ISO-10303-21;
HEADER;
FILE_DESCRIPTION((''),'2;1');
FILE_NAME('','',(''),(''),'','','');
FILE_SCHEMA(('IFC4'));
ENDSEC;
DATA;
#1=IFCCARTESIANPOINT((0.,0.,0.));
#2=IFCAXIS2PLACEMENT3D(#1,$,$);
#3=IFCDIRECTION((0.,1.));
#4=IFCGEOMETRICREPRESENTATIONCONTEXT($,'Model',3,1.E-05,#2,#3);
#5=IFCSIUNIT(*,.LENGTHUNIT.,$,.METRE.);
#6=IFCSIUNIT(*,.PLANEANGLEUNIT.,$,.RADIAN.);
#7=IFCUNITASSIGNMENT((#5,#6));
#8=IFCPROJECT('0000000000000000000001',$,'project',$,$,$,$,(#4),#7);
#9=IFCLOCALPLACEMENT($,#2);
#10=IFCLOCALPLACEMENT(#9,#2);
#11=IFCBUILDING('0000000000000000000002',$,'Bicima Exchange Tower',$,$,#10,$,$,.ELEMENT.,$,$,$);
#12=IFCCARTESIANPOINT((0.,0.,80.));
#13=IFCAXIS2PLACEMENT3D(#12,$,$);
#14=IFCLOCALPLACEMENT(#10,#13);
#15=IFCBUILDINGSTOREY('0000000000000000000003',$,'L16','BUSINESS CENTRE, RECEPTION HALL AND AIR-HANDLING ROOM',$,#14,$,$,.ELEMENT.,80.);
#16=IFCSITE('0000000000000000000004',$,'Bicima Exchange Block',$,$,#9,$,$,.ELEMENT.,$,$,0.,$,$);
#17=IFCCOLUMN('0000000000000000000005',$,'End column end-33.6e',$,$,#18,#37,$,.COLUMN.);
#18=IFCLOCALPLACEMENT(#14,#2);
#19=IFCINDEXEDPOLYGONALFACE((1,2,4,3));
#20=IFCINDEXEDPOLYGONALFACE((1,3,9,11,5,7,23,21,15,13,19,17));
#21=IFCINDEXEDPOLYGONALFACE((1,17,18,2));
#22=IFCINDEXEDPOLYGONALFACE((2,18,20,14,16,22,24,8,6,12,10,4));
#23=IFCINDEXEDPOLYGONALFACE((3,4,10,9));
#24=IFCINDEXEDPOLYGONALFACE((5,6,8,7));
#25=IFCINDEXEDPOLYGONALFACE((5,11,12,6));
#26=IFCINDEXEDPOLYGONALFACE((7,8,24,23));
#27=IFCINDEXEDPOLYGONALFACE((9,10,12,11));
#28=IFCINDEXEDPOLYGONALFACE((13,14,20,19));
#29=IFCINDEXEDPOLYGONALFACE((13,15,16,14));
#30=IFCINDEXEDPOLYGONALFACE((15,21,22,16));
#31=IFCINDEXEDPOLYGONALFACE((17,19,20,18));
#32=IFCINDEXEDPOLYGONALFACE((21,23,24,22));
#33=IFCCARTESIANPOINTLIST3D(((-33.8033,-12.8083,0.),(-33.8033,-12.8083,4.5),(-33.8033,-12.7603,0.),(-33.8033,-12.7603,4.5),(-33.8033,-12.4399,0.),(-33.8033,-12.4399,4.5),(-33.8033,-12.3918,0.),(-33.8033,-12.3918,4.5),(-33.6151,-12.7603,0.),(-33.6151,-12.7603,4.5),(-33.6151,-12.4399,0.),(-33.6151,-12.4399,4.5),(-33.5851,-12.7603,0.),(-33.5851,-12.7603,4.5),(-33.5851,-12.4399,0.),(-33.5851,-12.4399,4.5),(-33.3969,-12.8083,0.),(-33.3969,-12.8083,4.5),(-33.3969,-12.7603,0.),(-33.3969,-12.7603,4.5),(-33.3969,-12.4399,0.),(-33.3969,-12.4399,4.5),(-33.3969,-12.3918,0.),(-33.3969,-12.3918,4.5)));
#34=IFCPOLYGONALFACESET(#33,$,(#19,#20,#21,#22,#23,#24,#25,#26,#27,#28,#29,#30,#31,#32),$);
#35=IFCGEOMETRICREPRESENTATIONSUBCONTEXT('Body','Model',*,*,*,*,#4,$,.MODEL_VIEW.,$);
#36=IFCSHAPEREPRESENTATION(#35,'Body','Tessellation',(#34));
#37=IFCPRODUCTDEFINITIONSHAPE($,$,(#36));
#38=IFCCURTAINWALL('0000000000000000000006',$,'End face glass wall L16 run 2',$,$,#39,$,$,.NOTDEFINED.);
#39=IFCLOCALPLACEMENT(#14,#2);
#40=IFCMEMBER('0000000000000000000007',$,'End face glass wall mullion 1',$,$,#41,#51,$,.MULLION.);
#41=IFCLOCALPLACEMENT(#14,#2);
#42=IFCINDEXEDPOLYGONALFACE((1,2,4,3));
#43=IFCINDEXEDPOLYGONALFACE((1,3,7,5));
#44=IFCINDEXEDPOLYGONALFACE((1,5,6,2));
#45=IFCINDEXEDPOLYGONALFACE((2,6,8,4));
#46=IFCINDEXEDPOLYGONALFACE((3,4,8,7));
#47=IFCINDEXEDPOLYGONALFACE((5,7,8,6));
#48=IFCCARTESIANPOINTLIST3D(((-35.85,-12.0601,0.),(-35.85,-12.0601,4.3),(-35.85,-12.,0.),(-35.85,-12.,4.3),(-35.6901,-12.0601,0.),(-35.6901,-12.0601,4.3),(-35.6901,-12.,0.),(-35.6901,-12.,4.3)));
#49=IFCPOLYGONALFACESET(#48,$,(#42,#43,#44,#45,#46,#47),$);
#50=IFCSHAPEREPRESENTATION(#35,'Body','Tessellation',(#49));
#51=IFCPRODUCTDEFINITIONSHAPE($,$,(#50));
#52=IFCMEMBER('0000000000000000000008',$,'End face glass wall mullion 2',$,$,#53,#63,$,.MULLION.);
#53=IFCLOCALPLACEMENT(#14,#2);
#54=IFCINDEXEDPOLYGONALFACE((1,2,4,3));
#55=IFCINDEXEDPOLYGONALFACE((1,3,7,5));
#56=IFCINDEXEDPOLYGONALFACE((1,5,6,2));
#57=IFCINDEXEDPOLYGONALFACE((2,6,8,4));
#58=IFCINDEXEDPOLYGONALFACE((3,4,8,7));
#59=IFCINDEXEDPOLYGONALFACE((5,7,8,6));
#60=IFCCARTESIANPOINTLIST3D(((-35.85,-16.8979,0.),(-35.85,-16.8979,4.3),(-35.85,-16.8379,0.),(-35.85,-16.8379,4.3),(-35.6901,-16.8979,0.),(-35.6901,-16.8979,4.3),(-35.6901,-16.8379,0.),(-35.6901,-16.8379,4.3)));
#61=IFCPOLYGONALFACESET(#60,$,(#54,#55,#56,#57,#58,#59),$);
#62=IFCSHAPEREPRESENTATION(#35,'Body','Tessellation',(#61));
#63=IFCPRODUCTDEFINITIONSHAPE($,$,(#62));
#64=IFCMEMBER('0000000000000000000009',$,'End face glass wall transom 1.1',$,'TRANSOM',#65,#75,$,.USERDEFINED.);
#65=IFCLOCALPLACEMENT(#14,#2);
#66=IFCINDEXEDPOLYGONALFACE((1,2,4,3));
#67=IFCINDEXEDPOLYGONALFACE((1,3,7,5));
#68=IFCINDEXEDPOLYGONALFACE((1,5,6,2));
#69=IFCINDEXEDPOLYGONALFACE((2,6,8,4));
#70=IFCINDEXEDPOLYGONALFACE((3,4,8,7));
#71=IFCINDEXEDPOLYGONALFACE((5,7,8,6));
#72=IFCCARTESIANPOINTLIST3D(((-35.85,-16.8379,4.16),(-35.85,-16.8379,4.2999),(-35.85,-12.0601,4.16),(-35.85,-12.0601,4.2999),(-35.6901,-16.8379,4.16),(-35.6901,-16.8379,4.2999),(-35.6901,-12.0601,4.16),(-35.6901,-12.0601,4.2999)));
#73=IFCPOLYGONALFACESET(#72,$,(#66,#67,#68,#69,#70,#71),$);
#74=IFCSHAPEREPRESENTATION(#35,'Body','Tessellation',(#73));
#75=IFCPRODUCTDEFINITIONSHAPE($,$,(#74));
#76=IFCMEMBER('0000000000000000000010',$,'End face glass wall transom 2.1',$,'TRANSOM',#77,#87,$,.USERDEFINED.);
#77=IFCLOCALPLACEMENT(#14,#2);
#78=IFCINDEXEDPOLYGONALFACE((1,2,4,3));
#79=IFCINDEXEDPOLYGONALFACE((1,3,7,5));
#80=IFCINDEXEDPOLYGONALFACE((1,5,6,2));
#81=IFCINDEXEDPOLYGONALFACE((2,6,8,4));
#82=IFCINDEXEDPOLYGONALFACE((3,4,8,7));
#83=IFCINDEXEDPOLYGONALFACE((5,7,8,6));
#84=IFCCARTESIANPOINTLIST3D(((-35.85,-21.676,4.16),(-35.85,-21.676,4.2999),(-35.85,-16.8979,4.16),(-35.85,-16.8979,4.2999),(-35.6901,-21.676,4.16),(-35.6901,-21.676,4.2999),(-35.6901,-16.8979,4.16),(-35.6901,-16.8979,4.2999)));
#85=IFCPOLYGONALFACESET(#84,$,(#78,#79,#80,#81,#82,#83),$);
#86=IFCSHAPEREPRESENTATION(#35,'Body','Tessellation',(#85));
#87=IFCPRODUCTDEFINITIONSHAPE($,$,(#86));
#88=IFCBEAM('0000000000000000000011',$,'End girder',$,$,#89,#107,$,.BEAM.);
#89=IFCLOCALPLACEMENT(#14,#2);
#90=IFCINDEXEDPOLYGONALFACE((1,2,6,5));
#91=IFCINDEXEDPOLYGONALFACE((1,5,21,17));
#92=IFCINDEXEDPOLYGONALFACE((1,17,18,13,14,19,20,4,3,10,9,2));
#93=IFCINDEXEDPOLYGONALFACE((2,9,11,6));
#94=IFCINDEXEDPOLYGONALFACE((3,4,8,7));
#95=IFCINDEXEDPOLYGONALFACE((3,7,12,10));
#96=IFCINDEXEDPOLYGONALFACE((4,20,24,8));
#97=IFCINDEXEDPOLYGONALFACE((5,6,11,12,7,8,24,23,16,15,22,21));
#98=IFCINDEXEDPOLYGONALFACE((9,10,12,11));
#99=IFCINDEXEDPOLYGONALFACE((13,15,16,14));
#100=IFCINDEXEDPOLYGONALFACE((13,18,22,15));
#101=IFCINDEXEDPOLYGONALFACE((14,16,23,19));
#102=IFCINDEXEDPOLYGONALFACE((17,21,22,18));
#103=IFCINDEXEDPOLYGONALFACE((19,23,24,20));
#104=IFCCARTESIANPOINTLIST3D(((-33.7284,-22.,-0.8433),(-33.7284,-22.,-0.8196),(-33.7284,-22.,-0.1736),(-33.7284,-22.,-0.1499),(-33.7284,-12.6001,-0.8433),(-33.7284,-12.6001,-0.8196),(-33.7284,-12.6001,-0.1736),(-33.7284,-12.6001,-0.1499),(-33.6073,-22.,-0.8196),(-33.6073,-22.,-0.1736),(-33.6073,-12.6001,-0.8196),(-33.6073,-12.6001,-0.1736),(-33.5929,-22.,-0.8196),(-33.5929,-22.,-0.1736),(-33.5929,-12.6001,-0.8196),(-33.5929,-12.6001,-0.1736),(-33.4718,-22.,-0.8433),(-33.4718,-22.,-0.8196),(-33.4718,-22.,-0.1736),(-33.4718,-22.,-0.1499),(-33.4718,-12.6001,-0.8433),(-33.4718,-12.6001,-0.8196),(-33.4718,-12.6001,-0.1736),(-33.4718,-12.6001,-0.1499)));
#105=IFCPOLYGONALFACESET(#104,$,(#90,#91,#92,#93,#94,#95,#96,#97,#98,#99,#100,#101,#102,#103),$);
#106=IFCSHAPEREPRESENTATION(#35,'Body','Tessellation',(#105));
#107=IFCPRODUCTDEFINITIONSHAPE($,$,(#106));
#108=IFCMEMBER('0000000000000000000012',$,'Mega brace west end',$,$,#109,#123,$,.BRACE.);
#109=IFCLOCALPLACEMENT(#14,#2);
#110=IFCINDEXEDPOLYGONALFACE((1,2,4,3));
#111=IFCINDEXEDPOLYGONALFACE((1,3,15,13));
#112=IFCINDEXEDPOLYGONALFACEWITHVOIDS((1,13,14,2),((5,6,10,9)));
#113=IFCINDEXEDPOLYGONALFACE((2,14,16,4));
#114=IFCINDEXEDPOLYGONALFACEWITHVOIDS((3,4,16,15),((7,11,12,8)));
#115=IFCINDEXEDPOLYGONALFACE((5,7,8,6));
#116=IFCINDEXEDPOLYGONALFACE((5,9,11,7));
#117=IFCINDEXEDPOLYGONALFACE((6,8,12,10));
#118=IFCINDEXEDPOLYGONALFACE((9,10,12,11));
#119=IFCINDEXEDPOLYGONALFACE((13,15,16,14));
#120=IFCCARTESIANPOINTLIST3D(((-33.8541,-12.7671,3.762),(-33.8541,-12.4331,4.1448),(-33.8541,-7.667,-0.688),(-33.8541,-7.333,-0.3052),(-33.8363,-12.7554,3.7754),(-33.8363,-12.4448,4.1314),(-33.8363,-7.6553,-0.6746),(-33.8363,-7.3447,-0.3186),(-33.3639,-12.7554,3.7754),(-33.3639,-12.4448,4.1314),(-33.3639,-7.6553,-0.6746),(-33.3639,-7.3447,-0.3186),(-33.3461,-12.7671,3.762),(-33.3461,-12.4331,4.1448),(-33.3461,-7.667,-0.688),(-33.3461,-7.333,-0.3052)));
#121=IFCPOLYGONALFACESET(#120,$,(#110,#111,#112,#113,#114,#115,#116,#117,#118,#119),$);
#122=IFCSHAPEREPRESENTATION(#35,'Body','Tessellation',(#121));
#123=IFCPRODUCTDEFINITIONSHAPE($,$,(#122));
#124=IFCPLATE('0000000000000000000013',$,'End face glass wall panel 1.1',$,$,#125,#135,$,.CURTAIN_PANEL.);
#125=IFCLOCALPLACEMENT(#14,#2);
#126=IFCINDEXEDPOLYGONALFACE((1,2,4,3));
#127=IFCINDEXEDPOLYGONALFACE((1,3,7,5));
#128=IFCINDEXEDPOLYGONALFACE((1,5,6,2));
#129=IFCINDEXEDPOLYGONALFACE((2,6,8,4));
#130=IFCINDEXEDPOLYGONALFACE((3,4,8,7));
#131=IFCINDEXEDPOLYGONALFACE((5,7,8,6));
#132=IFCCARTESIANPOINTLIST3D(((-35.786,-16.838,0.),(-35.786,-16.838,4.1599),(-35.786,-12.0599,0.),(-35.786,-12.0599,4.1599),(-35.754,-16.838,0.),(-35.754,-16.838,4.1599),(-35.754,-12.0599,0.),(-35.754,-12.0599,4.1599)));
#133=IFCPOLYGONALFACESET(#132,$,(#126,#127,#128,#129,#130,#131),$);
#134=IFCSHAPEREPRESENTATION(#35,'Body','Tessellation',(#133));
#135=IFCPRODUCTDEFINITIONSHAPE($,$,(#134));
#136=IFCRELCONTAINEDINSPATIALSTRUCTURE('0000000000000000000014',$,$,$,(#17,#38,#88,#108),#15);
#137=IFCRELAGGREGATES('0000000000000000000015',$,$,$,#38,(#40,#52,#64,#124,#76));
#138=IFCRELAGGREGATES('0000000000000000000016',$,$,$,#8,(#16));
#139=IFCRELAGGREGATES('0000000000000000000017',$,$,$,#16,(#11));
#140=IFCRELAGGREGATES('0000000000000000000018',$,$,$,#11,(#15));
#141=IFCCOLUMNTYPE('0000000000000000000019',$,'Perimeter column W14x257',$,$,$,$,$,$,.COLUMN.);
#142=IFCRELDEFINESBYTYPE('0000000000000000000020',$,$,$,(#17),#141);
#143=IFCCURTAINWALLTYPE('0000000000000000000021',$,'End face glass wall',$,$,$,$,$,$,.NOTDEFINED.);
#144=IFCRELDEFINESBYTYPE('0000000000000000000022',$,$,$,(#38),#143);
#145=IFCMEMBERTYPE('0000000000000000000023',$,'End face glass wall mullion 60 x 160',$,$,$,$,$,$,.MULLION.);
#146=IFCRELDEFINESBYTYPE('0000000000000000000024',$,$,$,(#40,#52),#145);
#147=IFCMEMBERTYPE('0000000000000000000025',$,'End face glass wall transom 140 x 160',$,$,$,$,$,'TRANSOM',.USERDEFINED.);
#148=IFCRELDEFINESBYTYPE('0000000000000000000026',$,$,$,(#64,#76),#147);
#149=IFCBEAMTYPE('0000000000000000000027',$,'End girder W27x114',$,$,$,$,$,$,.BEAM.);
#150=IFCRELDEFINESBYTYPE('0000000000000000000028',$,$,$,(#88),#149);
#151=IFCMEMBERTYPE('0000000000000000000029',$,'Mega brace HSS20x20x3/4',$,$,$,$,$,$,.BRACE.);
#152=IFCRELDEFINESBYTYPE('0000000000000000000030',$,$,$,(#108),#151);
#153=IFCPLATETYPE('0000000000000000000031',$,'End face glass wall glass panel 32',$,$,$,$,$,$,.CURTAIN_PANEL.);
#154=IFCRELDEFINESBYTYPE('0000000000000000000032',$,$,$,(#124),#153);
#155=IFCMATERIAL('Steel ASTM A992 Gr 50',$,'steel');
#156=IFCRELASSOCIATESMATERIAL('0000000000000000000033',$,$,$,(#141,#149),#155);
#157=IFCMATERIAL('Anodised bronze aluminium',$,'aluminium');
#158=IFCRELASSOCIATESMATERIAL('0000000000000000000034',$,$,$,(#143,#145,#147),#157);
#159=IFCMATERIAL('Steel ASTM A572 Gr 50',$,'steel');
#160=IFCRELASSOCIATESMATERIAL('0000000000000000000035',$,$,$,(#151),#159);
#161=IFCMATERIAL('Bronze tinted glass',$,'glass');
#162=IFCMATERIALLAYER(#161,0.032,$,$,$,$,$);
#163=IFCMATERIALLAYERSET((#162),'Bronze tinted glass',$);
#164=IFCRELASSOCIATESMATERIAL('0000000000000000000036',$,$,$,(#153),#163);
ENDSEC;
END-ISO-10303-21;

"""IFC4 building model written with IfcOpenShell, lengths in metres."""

from ifc_helpers import new_model, si_unit, direction, frame, origin, origin_2d, place, context, subcontext, project, spatial, rectangle, hollow_rectangle, i_section, extrude, material, layer, layer_set, material_profile, profile_set, type_object, element, aggregate, save


model = new_model("IFC4")

# Units and contexts
model_context = context("Model", 3, precision=1e-05, world=origin(), true_north=direction((0.0, 1.0)))
body_context = subcontext(model_context, "Body", "Model", "MODEL_VIEW")
ifc_project = project(units=[si_unit("LENGTHUNIT", "METRE"), si_unit("PLANEANGLEUNIT", "RADIAN")], contexts=[model_context])

# Site, building, storey
site_placement = place(None, origin())
site = spatial("IfcSite", under=ifc_project, at=site_placement, Name="Bicima Exchange Block", CompositionType="ELEMENT", RefElevation=0.0)
building_placement = place(site_placement, origin())
building = spatial("IfcBuilding", under=site, at=building_placement, Name="Bicima Exchange Tower", CompositionType="ELEMENT")
storey_placement = place(building_placement, frame((0.0, 0.0, 80.0)))
storey = spatial("IfcBuildingStorey", under=building, at=storey_placement, Name="L16", Description="BUSINESS CENTRE, RECEPTION HALL AND AIR-HANDLING ROOM", CompositionType="ELEMENT", Elevation=80.0)

# Column
ifc_material_1 = material(Name="Steel ASTM A992 Gr 50", Category="steel")
ifc_material_profile_1 = material_profile(ifc_material_1, i_section(OverallWidth=0.4065, OverallDepth=0.4165, WebThickness=0.03, FlangeThickness=0.0481, at=origin_2d()))
ifc_profile_set_1 = profile_set([ifc_material_profile_1], Name="Steel ASTM A992 Gr 50")
column_type = type_object("IfcColumnType", Name="Perimeter column W14x257", PredefinedType="COLUMN", material=ifc_profile_set_1)
column_placement = place(storey_placement, frame((-33.6001, -12.6001, 0.0), z_axis=(0.0, 0.0, 1.0), x_axis=(1.0, 0.0, 0.0)))
element("IfcColumn", 1, at=column_placement, inside=storey, type_object=column_type, Name="End column end-33.6e", PredefinedType="COLUMN", context=body_context, shape_type="SweptSolid", body=[
    extrude(i_section(OverallWidth=0.4065, OverallDepth=0.4165, WebThickness=0.03, FlangeThickness=0.0481, at=origin_2d()), origin(), (0.0, 0.0, 1.0), 4.5),
])

# Curtain wall, members
ifc_material_2 = material(Name="Anodised bronze aluminium", Category="aluminium")
curtain_wall_type = type_object("IfcCurtainWallType", Name="End face glass wall", PredefinedType="NOTDEFINED", material=ifc_material_2)
curtain_wall_placement = place(storey_placement, origin())
curtain_wall = element("IfcCurtainWall", 2, at=curtain_wall_placement, inside=storey, type_object=curtain_wall_type, Name="End face glass wall L16 run 2", PredefinedType="NOTDEFINED")
ifc_material_profile_2 = material_profile(ifc_material_2, rectangle(XDim=0.1599, YDim=0.0601, at=origin_2d()))
ifc_profile_set_2 = profile_set([ifc_material_profile_2], Name="Anodised bronze aluminium")
member_type_1 = type_object("IfcMemberType", Name="End face glass wall mullion 60 x 160", PredefinedType="MULLION", material=ifc_profile_set_2)
member_1_placement = place(storey_placement, frame((-35.77, -12.03, 0.0), z_axis=(0.0, 0.0, 1.0), x_axis=(1.0, 0.0, 0.0)))
member_1 = element("IfcMember", 3, at=member_1_placement, type_object=member_type_1, Name="End face glass wall mullion 1", PredefinedType="MULLION", context=body_context, shape_type="SweptSolid", body=[
    extrude(rectangle(XDim=0.1599, YDim=0.0601, at=origin_2d()), origin(), (0.0, 0.0, 1.0), 4.3),
])
member_2_placement = place(storey_placement, frame((-35.77, -16.8679, 0.0), z_axis=(0.0, 0.0, 1.0), x_axis=(1.0, 0.0, 0.0)))
member_2 = element("IfcMember", 4, at=member_2_placement, type_object=member_type_1, Name="End face glass wall mullion 2", PredefinedType="MULLION", context=body_context, shape_type="SweptSolid", body=[
    extrude(rectangle(XDim=0.1599, YDim=0.0601, at=origin_2d()), origin(), (0.0, 0.0, 1.0), 4.3),
])
ifc_material_profile_3 = material_profile(ifc_material_2, rectangle(XDim=0.1599, YDim=0.1399, at=origin_2d()))
ifc_profile_set_3 = profile_set([ifc_material_profile_3], Name="Anodised bronze aluminium")
member_type_2 = type_object("IfcMemberType", Name="End face glass wall transom 140 x 160", ElementType="TRANSOM", PredefinedType="USERDEFINED", material=ifc_profile_set_3)
member_3_placement = place(storey_placement, frame((-35.77, -12.0601, 4.23), z_axis=(0.0, -1.0, 0.0), x_axis=(1.0, 0.0, 0.0)))
member_3 = element("IfcMember", 5, at=member_3_placement, type_object=member_type_2, Name="End face glass wall transom 1.1", ObjectType="TRANSOM", PredefinedType="USERDEFINED", context=body_context, shape_type="SweptSolid", body=[
    extrude(rectangle(XDim=0.1599, YDim=0.1399, at=origin_2d()), origin(), (0.0, 0.0, 1.0), 4.7778),
])
member_4_placement = place(storey_placement, frame((-35.77, -16.8979, 4.23), z_axis=(0.0, -1.0, 0.0), x_axis=(1.0, 0.0, 0.0)))
member_4 = element("IfcMember", 6, at=member_4_placement, type_object=member_type_2, Name="End face glass wall transom 2.1", ObjectType="TRANSOM", PredefinedType="USERDEFINED", context=body_context, shape_type="SweptSolid", body=[
    extrude(rectangle(XDim=0.1599, YDim=0.1399, at=origin_2d()), origin(), (0.0, 0.0, 1.0), 4.7781),
])

# Beam
ifc_material_profile_4 = material_profile(ifc_material_1, i_section(OverallWidth=0.2566, OverallDepth=0.6934, WebThickness=0.0144, FlangeThickness=0.0237, at=origin_2d()))
ifc_profile_set_4 = profile_set([ifc_material_profile_4], Name="Steel ASTM A992 Gr 50")
beam_type = type_object("IfcBeamType", Name="End girder W27x114", PredefinedType="BEAM", material=ifc_profile_set_4)
beam_placement = place(storey_placement, frame((-33.6001, -12.6001, -0.4966), z_axis=(0.0, -1.0, 0.0), x_axis=(1.0, 0.0, 0.0)))
element("IfcBeam", 7, at=beam_placement, inside=storey, type_object=beam_type, Name="End girder", PredefinedType="BEAM", context=body_context, shape_type="SweptSolid", body=[
    extrude(i_section(OverallWidth=0.2566, OverallDepth=0.6934, WebThickness=0.0144, FlangeThickness=0.0237, at=origin_2d()), origin(), (0.0, 0.0, 1.0), 9.3999),
])

# Member
ifc_material_3 = material(Name="Steel ASTM A572 Gr 50", Category="steel")
ifc_material_profile_5 = material_profile(ifc_material_3, hollow_rectangle(XDim=0.5081, YDim=0.5081, WallThickness=0.0178, at=origin_2d()))
ifc_profile_set_5 = profile_set([ifc_material_profile_5], Name="Steel ASTM A572 Gr 50")
member_type_3 = type_object("IfcMemberType", Name="Mega brace HSS20x20x3/4", PredefinedType="BRACE", material=ifc_profile_set_5)
member_5_placement = place(storey_placement, frame((-33.6001, -7.5, -0.4966), z_axis=(0.0, -0.753501, 0.657447), x_axis=(1.0, 0.0, 0.0)))
element("IfcMember", 8, at=member_5_placement, inside=storey, type_object=member_type_3, Name="Mega brace west end", PredefinedType="BRACE", context=body_context, shape_type="SweptSolid", body=[
    extrude(hollow_rectangle(XDim=0.5081, YDim=0.5081, WallThickness=0.0178, at=origin_2d()), origin(), (0.0, 0.0, 1.0), 6.7686),
])

# Plate
ifc_material_4 = material(Name="Bronze tinted glass", Category="glass")
ifc_layer_1 = layer(ifc_material_4, 0.032)
ifc_layer_set_1 = layer_set([ifc_layer_1], Name="Bronze tinted glass")
plate_type = type_object("IfcPlateType", Name="End face glass wall glass panel 32", PredefinedType="CURTAIN_PANEL", material=ifc_layer_set_1)
plate_placement = place(storey_placement, frame((-35.77, -14.449, 0.0), z_axis=(0.0, 0.0, 1.0), x_axis=(0.0, -1.0, 0.0)))
plate = element("IfcPlate", 9, at=plate_placement, type_object=plate_type, Name="End face glass wall panel 1.1", PredefinedType="CURTAIN_PANEL", context=body_context, shape_type="SweptSolid", body=[
    extrude(rectangle(XDim=4.7781, YDim=0.032, at=origin_2d()), origin(), (0.0, 0.0, 1.0), 4.1599),
])
aggregate(curtain_wall, [member_1, member_2, member_3, plate, member_4])

save(model, "model.ifc")
